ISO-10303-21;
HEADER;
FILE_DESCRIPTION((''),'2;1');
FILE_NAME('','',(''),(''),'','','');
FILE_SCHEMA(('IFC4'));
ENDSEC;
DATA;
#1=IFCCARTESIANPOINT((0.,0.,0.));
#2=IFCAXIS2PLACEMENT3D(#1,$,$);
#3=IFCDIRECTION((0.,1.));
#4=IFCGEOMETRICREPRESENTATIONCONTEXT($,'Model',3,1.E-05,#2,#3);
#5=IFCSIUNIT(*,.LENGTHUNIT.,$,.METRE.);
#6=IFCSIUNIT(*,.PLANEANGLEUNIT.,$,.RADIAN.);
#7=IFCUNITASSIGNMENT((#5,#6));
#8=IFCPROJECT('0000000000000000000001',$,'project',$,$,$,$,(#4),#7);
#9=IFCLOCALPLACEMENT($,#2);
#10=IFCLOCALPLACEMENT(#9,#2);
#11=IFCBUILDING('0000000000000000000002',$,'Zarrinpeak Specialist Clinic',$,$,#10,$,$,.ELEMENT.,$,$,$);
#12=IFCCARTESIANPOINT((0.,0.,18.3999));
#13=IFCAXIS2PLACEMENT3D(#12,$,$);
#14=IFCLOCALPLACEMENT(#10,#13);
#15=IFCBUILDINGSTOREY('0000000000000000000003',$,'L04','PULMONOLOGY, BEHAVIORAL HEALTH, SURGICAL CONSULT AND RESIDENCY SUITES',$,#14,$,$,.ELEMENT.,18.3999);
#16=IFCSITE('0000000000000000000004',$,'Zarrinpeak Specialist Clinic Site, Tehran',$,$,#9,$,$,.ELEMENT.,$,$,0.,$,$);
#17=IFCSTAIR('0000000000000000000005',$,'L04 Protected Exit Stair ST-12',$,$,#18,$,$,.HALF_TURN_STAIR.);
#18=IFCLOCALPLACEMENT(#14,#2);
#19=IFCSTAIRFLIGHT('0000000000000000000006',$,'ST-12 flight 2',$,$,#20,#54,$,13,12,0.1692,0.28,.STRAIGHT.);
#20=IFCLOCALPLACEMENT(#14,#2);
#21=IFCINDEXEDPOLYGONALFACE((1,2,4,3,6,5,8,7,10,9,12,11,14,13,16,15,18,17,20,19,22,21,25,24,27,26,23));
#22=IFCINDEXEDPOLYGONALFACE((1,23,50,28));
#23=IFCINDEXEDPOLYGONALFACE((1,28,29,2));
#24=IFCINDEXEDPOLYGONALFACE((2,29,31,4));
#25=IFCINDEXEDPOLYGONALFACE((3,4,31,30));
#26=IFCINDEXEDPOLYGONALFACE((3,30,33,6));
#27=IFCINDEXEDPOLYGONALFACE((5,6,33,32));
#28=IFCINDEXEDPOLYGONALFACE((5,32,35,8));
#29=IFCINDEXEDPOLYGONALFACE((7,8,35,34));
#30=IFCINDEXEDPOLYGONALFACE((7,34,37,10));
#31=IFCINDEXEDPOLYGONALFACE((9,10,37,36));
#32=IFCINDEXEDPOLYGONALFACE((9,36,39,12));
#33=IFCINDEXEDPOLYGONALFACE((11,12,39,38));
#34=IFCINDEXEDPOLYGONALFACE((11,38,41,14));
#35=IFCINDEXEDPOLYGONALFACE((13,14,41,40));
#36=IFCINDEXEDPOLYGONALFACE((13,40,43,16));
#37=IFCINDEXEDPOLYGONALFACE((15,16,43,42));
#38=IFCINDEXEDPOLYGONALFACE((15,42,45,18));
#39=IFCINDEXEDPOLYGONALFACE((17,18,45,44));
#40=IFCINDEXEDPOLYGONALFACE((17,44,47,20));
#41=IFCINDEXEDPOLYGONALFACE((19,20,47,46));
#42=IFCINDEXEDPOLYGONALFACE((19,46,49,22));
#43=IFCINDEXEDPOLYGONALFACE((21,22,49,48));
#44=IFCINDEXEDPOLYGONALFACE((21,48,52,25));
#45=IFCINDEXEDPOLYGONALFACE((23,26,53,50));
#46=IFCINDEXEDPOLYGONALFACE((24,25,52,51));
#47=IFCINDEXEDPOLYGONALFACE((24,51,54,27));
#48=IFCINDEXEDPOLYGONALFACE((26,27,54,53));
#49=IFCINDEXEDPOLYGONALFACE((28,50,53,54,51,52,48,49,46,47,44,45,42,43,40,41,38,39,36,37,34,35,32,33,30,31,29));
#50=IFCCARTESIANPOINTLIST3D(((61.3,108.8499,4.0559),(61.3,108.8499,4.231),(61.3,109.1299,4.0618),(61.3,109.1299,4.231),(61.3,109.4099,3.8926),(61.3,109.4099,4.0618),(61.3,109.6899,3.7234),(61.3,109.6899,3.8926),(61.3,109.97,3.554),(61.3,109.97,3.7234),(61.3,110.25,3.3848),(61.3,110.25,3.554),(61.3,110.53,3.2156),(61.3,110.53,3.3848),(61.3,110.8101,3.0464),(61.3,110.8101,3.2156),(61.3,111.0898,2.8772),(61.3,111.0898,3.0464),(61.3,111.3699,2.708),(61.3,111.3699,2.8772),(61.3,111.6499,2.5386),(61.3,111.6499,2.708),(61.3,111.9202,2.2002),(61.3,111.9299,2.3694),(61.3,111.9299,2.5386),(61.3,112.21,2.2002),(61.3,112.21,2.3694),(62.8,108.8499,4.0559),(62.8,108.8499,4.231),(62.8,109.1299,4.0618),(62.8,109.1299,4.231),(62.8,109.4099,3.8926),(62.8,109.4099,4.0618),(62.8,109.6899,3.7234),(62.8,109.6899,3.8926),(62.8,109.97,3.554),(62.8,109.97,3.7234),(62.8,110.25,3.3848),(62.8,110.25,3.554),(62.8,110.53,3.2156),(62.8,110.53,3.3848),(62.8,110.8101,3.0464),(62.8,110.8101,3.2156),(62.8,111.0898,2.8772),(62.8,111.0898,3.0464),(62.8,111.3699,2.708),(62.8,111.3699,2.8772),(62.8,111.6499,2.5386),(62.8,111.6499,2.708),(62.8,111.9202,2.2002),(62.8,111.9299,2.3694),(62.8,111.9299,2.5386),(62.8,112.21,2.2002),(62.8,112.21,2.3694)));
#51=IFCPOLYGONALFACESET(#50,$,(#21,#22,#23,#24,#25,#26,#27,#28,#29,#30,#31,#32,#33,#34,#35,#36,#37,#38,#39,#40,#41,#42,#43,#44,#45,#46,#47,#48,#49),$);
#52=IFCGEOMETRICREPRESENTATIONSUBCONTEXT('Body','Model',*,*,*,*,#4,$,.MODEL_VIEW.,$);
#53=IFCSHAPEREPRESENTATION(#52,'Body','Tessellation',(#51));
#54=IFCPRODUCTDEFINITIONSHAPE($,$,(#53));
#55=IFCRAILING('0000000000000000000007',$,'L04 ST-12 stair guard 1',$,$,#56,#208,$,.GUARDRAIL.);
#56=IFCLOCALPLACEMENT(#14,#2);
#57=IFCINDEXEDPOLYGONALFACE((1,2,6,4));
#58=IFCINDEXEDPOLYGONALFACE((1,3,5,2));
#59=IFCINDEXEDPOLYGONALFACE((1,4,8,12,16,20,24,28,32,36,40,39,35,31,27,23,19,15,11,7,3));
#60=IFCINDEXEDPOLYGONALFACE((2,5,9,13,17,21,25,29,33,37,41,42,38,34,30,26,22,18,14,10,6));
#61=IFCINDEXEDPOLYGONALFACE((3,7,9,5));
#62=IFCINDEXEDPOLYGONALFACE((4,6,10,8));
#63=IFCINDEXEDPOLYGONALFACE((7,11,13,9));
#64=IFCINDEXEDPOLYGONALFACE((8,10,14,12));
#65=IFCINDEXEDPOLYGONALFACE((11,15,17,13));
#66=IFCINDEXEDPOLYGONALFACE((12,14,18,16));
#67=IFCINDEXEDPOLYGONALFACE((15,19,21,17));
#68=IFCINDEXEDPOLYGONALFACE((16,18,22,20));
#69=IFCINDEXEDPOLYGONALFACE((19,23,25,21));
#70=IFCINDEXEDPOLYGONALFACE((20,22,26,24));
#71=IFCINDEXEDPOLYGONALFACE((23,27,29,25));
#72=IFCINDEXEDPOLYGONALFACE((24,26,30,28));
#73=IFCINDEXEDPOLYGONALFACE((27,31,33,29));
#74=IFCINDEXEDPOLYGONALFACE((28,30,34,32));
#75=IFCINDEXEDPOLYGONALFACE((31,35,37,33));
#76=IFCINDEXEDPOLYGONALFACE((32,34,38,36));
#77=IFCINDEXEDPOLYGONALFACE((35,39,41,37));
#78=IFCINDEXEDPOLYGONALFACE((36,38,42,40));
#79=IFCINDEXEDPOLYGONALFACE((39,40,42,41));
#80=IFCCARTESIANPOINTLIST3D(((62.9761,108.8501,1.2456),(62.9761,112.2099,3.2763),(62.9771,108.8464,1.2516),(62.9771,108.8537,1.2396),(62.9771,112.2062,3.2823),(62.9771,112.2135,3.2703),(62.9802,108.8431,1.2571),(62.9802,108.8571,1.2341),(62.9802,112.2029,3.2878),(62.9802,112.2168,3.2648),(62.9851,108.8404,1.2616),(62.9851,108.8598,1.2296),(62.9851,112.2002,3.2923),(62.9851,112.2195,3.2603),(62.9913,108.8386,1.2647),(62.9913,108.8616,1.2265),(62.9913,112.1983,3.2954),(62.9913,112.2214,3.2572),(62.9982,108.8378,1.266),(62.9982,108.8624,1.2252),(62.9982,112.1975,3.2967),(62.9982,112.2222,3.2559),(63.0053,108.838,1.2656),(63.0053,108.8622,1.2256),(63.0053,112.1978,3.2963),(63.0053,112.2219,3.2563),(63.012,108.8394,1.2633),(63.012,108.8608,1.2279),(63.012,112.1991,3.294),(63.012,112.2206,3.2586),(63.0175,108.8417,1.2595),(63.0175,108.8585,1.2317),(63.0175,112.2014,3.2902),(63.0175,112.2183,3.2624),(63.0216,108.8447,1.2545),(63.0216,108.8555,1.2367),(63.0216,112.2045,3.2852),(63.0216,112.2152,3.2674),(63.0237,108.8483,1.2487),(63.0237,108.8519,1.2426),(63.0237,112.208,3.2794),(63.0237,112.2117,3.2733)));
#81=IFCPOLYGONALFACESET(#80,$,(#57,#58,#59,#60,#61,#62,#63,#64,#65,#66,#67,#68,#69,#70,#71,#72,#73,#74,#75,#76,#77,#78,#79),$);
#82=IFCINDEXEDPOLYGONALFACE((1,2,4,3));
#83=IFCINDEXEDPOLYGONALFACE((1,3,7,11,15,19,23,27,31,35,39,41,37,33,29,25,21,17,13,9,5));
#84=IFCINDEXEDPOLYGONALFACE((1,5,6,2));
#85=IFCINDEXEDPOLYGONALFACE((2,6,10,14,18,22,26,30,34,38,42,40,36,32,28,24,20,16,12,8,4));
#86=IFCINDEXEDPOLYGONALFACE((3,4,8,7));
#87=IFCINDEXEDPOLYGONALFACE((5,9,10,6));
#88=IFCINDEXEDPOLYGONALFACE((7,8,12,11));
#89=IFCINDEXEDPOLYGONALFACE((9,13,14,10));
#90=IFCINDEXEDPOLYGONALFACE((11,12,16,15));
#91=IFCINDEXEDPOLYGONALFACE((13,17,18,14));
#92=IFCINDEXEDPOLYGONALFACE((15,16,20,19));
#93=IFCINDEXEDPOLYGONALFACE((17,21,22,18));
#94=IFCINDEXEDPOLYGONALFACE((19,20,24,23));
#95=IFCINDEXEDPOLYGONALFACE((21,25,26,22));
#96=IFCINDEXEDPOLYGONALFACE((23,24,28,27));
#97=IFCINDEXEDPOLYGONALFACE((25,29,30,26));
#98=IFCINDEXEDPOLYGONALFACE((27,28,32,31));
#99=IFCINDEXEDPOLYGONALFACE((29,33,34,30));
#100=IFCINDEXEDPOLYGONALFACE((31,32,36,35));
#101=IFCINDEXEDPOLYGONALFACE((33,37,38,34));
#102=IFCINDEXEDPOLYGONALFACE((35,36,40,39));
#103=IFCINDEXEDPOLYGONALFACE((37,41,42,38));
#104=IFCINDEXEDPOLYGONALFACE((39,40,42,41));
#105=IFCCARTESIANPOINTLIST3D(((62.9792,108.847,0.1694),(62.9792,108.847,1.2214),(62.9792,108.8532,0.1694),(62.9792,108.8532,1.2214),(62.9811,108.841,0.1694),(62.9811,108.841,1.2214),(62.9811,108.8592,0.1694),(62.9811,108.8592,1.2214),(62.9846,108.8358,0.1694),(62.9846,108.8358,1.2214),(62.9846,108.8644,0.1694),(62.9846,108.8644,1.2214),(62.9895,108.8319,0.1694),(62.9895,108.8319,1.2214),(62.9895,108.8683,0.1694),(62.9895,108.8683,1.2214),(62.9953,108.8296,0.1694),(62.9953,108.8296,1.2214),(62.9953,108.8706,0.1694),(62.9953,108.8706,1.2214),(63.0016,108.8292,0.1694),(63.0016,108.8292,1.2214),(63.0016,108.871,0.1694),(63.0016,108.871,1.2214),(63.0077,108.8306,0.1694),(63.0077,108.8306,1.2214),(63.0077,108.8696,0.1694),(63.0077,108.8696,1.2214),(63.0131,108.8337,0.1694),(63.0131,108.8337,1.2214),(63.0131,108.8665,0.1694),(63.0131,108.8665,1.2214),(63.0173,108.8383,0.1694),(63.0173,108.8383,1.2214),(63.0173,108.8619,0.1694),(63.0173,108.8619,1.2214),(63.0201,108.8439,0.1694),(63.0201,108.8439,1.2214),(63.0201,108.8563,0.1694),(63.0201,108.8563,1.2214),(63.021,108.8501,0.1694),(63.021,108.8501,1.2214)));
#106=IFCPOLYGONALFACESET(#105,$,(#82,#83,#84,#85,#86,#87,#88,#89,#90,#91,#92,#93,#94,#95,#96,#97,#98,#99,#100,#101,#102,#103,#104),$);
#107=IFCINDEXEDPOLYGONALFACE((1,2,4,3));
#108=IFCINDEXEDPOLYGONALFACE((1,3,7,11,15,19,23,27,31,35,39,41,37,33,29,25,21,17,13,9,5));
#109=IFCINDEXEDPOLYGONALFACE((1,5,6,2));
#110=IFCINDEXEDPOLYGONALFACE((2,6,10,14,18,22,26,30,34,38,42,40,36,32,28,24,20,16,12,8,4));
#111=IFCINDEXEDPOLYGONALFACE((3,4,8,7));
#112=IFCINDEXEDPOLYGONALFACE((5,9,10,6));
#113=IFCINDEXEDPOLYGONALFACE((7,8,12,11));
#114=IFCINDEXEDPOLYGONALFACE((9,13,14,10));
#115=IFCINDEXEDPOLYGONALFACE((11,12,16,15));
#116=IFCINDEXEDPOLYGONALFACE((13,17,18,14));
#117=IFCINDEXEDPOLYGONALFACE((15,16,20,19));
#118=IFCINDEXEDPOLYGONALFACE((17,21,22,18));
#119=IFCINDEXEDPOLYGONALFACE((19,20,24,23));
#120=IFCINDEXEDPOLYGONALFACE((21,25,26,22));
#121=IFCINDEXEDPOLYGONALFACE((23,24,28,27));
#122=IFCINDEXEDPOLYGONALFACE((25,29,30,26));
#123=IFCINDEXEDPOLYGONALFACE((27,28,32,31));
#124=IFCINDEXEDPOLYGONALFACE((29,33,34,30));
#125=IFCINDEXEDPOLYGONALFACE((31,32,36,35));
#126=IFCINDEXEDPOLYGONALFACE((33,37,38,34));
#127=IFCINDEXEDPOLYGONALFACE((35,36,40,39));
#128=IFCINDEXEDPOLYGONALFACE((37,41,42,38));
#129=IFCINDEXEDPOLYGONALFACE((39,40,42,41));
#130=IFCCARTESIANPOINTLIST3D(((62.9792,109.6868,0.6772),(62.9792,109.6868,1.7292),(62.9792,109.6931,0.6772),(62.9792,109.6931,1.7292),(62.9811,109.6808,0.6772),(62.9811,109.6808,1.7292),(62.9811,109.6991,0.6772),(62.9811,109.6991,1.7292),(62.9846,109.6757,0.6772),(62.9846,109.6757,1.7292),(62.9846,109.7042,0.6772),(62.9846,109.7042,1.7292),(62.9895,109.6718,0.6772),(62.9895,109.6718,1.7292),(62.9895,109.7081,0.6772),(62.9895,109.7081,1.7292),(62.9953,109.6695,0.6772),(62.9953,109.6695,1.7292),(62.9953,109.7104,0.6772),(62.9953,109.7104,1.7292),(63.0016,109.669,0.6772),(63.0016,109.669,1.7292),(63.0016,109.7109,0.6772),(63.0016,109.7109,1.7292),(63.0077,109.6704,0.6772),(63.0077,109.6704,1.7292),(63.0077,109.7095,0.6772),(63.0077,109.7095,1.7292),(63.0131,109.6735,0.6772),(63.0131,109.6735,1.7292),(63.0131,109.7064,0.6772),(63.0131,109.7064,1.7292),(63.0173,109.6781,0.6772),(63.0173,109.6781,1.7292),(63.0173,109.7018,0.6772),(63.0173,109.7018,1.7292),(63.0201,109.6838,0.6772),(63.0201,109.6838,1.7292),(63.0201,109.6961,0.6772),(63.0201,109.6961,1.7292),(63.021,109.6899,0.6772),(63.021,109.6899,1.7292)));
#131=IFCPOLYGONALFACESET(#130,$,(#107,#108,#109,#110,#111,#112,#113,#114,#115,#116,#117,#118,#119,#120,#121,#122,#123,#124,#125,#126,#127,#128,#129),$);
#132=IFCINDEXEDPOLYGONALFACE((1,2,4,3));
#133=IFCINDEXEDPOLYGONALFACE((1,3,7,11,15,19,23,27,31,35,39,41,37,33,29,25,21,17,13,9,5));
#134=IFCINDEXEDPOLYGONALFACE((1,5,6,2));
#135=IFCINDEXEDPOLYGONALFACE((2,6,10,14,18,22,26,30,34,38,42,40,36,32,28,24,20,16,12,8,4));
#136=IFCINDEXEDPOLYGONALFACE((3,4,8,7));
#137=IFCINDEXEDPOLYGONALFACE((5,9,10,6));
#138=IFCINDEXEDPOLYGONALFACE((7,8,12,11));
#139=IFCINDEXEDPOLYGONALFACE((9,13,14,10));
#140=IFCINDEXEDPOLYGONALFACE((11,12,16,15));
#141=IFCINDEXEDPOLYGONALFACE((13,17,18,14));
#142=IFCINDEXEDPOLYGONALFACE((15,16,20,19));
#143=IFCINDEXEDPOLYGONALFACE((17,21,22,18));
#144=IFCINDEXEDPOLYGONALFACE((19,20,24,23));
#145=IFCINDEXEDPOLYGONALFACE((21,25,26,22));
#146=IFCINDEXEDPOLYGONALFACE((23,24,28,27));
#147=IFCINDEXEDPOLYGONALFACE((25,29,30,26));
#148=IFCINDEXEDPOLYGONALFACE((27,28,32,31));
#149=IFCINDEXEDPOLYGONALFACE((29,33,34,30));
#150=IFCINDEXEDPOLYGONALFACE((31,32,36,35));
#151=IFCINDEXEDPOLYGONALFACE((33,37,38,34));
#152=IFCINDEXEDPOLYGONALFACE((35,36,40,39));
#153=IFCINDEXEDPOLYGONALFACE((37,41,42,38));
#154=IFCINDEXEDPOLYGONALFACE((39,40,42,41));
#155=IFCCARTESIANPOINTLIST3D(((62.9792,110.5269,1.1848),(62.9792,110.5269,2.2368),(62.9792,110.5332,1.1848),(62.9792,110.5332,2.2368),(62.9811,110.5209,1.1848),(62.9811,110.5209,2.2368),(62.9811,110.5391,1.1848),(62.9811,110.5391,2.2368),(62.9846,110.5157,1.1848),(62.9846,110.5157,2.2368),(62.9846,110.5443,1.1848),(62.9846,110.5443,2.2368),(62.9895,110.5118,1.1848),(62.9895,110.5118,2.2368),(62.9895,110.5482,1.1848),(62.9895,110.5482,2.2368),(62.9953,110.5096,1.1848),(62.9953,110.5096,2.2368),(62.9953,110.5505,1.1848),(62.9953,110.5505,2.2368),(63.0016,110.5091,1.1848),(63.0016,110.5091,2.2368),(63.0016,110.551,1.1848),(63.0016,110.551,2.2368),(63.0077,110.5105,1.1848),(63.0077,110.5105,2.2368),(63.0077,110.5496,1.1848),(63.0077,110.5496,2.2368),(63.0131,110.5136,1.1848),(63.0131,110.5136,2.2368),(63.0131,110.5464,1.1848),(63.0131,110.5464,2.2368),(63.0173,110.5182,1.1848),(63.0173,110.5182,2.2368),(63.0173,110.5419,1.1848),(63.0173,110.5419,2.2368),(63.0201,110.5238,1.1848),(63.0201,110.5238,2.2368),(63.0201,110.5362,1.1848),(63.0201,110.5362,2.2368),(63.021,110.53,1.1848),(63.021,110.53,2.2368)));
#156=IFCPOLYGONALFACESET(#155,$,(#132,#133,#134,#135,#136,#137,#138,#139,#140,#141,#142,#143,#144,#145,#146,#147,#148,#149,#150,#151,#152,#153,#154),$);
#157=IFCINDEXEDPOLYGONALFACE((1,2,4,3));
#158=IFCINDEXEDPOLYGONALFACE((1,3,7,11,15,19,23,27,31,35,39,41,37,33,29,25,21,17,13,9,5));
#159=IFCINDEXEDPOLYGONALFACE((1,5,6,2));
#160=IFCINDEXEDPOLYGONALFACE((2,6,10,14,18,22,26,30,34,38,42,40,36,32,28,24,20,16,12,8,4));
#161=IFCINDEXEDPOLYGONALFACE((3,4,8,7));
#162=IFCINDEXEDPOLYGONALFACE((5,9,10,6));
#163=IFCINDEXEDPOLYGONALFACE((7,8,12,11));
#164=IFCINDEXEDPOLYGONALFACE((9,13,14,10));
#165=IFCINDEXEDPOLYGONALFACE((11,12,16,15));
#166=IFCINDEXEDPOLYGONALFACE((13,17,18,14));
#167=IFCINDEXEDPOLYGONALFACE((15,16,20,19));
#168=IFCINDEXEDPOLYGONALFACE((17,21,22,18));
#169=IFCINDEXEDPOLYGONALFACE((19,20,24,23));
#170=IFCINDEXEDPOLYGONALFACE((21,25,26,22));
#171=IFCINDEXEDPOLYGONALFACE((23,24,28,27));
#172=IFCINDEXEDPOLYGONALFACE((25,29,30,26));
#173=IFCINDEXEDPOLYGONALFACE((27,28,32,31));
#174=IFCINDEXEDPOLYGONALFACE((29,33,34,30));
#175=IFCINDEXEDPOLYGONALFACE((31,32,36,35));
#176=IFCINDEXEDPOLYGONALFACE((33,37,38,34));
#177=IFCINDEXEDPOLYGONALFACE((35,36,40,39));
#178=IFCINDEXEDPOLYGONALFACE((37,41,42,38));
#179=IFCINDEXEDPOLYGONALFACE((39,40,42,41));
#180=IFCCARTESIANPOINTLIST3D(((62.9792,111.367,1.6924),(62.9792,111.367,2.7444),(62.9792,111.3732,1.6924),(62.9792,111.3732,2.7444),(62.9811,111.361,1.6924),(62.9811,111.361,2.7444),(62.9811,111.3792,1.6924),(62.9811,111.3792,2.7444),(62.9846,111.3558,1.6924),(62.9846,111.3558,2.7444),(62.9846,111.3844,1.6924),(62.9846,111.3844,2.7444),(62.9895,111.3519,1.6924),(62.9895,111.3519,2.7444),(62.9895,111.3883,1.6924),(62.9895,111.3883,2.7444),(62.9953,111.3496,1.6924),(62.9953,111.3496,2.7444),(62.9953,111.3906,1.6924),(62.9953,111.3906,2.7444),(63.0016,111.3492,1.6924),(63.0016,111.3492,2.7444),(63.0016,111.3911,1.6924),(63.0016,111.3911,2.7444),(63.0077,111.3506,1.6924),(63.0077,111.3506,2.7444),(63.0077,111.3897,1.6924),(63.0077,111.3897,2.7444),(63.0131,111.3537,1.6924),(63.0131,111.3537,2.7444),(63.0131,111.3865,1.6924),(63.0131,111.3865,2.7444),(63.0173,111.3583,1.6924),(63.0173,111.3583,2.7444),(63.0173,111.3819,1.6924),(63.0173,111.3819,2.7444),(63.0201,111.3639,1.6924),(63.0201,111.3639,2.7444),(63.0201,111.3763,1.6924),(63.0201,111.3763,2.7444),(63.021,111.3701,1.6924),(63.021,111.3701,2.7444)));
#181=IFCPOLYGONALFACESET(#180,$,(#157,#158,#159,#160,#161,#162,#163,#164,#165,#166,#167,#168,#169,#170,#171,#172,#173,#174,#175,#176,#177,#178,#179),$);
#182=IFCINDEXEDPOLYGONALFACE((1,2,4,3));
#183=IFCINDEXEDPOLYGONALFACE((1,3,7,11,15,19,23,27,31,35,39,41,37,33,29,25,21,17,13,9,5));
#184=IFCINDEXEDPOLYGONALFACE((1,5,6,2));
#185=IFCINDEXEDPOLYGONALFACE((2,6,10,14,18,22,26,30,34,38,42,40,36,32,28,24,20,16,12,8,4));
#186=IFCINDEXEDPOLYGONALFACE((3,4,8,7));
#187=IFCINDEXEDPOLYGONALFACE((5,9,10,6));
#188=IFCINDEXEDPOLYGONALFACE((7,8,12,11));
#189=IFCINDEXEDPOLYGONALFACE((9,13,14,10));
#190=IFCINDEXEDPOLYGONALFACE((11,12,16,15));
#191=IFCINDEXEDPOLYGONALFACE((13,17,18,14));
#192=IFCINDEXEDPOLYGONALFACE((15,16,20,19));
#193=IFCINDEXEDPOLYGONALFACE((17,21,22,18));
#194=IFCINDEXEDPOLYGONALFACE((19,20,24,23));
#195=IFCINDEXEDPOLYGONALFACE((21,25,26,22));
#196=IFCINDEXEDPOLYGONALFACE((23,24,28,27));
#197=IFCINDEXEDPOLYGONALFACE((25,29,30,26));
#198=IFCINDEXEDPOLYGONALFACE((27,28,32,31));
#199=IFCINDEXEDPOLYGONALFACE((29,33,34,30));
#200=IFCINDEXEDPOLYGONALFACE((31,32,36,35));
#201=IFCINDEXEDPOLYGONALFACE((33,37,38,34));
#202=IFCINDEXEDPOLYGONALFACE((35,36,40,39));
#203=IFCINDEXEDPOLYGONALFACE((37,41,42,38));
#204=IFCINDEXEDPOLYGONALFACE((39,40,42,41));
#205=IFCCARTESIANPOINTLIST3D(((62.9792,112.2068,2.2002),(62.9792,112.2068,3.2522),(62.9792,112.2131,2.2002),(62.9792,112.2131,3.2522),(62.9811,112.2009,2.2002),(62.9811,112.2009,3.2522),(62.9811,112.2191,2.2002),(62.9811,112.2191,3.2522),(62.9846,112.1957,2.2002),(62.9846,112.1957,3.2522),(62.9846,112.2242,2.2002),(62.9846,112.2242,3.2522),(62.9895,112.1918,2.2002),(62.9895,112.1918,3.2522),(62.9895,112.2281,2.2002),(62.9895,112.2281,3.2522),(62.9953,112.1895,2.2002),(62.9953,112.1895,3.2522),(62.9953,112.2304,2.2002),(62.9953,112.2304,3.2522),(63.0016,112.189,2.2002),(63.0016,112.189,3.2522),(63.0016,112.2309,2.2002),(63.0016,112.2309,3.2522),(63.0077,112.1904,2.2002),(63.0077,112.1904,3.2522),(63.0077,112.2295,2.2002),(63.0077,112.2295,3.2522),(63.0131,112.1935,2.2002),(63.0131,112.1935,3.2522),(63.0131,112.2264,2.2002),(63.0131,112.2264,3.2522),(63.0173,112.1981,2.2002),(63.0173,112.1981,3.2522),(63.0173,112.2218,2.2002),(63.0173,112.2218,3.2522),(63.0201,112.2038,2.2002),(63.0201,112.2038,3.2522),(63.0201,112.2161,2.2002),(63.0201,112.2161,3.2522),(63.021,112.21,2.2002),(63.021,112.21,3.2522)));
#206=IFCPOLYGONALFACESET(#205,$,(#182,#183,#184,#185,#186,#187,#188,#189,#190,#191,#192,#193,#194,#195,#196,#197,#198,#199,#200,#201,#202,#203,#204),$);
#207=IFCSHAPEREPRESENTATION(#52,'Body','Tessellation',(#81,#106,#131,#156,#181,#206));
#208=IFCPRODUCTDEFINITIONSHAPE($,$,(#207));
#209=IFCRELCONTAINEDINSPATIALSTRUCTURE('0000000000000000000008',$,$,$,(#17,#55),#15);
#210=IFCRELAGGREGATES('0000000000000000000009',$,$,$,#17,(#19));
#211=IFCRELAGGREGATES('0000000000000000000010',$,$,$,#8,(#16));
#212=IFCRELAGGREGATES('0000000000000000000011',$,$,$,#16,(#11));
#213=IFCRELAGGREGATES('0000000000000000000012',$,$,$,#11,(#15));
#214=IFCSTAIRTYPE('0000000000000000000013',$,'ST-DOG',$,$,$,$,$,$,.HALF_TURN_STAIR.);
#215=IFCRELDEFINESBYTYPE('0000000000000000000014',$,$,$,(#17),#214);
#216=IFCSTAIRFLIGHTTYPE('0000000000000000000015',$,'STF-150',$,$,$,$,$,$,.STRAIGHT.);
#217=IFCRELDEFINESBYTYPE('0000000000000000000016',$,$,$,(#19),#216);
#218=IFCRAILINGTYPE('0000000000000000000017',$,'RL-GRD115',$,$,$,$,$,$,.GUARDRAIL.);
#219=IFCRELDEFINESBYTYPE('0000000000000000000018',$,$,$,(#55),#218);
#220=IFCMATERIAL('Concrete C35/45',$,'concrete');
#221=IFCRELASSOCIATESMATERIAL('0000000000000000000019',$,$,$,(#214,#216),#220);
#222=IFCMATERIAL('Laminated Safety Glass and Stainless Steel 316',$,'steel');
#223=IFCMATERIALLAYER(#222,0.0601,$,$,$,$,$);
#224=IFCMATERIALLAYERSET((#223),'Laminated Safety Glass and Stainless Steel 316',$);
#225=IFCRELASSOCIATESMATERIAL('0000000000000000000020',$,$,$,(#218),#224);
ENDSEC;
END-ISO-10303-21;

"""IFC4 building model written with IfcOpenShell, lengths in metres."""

from ifc_helpers import new_model, si_unit, direction, frame, origin, origin_2d, place, context, subcontext, project, spatial, polyline, circle, outline, extrude, material, layer, layer_set, type_object, element, aggregate, save


model = new_model("IFC4")

# Units and contexts
model_context = context("Model", 3, precision=1e-05, world=origin(), true_north=direction((0.0, 1.0)))
body_context = subcontext(model_context, "Body", "Model", "MODEL_VIEW")
ifc_project = project(units=[si_unit("LENGTHUNIT", "METRE"), si_unit("PLANEANGLEUNIT", "RADIAN")], contexts=[model_context])

# Site, building, storey
site_placement = place(None, origin())
site = spatial("IfcSite", under=ifc_project, at=site_placement, Name="Zarrinpeak Specialist Clinic Site, Tehran", CompositionType="ELEMENT", RefElevation=0.0)
building_placement = place(site_placement, origin())
building = spatial("IfcBuilding", under=site, at=building_placement, Name="Zarrinpeak Specialist Clinic", CompositionType="ELEMENT")
storey_placement = place(building_placement, frame((0.0, 0.0, 18.3999)))
storey = spatial("IfcBuildingStorey", under=building, at=storey_placement, Name="L04", Description="PULMONOLOGY, BEHAVIORAL HEALTH, SURGICAL CONSULT AND RESIDENCY SUITES", CompositionType="ELEMENT", Elevation=18.3999)

# Stair, stair flight
ifc_material_1 = material(Name="Concrete C35/45", Category="concrete")
stair_type = type_object("IfcStairType", Name="ST-DOG", PredefinedType="HALF_TURN_STAIR", material=ifc_material_1)
stair_placement = place(storey_placement, origin())
stair = element("IfcStair", 1, at=stair_placement, inside=storey, type_object=stair_type, Name="L04 Protected Exit Stair ST-12", PredefinedType="HALF_TURN_STAIR")
stair_flight_type = type_object("IfcStairFlightType", Name="STF-150", PredefinedType="STRAIGHT", material=ifc_material_1)
stair_flight_1_placement = place(storey_placement, frame((62.05, 112.21, 2.2002), z_axis=(0.0, 0.0, 1.0), x_axis=(0.0, -1.0, 0.0)))
stair_flight_1 = element("IfcStairFlight", 2, at=stair_flight_1_placement, type_object=stair_flight_type, Name="ST-12 flight 2", NumberOfRisers=13, NumberOfTreads=12, PredefinedType="STRAIGHT", RiserHeight=0.1692, TreadLength=0.28, context=body_context, shape_type="SweptSolid", body=[
    extrude(outline(polyline([(0.0, 0.0), (0.0, 0.1692), (0.28, 0.1692), (0.28, 0.3384), (0.5601, 0.3384), (0.5601, 0.5078), (0.8401, 0.5078), (0.8401, 0.677), (1.1201, 0.677), (1.1201, 0.8462), (1.3999, 0.8462), (1.3999, 1.0154), (1.6799, 1.0154), (1.6799, 1.1846), (1.96, 1.1846), (1.96, 1.3538), (2.24, 1.3538), (2.24, 1.5232), (2.52, 1.5232), (2.52, 1.6924), (2.8, 1.6924), (2.8, 1.8616), (3.0801, 1.8616), (3.0801, 2.0308), (3.3601, 2.0308), (3.3601, 2.2), (3.3601, 1.8557), (0.2898, 0.0), (0.0, 0.0)])), frame((0.0, 0.75, 0.0), z_axis=(0.0, -1.0, 0.0), x_axis=(1.0, 0.0, 0.0)), (0.0, 0.0, 1.0), 1.5),
])
aggregate(stair, [stair_flight_1])

# Railing
ifc_material_2 = material(Name="Laminated Safety Glass and Stainless Steel 316", Category="steel")
ifc_layer_1 = layer(ifc_material_2, 0.0601)
ifc_layer_set_1 = layer_set([ifc_layer_1], Name="Laminated Safety Glass and Stainless Steel 316")
railing_type_1 = type_object("IfcRailingType", Name="RL-GRD115", PredefinedType="GUARDRAIL", material=ifc_layer_set_1)
railing_1_placement = place(storey_placement, frame((63.0, 108.8501, 0.1694)))
element("IfcRailing", 3, at=railing_1_placement, inside=storey, type_object=railing_type_1, Name="L04 ST-12 stair guard 1", PredefinedType="GUARDRAIL", context=body_context, shape_type="SweptSolid", body=[
    extrude(circle(Radius=0.0239, at=origin_2d()), frame((0.0, 0.0, 1.0762), z_axis=(0.0, 0.85582, 0.517273), x_axis=(-1.0, 0.0, 0.0)), (0.0, 0.0, 1.0), 3.9258),
    extrude(circle(Radius=0.021, at=origin_2d()), origin(), (0.0, 0.0, 1.0), 1.052),
    extrude(circle(Radius=0.021, at=origin_2d()), frame((0.0, 0.8398, 0.5078)), (0.0, 0.0, 1.0), 1.052),
    extrude(circle(Radius=0.021, at=origin_2d()), frame((0.0, 1.6799, 1.0154)), (0.0, 0.0, 1.0), 1.052),
    extrude(circle(Radius=0.021, at=origin_2d()), frame((0.0, 2.52, 1.5229)), (0.0, 0.0, 1.0), 1.052),
    extrude(circle(Radius=0.021, at=origin_2d()), frame((0.0, 3.3599, 2.0308)), (0.0, 0.0, 1.0), 1.052),
])

save(model, "model.ifc")
